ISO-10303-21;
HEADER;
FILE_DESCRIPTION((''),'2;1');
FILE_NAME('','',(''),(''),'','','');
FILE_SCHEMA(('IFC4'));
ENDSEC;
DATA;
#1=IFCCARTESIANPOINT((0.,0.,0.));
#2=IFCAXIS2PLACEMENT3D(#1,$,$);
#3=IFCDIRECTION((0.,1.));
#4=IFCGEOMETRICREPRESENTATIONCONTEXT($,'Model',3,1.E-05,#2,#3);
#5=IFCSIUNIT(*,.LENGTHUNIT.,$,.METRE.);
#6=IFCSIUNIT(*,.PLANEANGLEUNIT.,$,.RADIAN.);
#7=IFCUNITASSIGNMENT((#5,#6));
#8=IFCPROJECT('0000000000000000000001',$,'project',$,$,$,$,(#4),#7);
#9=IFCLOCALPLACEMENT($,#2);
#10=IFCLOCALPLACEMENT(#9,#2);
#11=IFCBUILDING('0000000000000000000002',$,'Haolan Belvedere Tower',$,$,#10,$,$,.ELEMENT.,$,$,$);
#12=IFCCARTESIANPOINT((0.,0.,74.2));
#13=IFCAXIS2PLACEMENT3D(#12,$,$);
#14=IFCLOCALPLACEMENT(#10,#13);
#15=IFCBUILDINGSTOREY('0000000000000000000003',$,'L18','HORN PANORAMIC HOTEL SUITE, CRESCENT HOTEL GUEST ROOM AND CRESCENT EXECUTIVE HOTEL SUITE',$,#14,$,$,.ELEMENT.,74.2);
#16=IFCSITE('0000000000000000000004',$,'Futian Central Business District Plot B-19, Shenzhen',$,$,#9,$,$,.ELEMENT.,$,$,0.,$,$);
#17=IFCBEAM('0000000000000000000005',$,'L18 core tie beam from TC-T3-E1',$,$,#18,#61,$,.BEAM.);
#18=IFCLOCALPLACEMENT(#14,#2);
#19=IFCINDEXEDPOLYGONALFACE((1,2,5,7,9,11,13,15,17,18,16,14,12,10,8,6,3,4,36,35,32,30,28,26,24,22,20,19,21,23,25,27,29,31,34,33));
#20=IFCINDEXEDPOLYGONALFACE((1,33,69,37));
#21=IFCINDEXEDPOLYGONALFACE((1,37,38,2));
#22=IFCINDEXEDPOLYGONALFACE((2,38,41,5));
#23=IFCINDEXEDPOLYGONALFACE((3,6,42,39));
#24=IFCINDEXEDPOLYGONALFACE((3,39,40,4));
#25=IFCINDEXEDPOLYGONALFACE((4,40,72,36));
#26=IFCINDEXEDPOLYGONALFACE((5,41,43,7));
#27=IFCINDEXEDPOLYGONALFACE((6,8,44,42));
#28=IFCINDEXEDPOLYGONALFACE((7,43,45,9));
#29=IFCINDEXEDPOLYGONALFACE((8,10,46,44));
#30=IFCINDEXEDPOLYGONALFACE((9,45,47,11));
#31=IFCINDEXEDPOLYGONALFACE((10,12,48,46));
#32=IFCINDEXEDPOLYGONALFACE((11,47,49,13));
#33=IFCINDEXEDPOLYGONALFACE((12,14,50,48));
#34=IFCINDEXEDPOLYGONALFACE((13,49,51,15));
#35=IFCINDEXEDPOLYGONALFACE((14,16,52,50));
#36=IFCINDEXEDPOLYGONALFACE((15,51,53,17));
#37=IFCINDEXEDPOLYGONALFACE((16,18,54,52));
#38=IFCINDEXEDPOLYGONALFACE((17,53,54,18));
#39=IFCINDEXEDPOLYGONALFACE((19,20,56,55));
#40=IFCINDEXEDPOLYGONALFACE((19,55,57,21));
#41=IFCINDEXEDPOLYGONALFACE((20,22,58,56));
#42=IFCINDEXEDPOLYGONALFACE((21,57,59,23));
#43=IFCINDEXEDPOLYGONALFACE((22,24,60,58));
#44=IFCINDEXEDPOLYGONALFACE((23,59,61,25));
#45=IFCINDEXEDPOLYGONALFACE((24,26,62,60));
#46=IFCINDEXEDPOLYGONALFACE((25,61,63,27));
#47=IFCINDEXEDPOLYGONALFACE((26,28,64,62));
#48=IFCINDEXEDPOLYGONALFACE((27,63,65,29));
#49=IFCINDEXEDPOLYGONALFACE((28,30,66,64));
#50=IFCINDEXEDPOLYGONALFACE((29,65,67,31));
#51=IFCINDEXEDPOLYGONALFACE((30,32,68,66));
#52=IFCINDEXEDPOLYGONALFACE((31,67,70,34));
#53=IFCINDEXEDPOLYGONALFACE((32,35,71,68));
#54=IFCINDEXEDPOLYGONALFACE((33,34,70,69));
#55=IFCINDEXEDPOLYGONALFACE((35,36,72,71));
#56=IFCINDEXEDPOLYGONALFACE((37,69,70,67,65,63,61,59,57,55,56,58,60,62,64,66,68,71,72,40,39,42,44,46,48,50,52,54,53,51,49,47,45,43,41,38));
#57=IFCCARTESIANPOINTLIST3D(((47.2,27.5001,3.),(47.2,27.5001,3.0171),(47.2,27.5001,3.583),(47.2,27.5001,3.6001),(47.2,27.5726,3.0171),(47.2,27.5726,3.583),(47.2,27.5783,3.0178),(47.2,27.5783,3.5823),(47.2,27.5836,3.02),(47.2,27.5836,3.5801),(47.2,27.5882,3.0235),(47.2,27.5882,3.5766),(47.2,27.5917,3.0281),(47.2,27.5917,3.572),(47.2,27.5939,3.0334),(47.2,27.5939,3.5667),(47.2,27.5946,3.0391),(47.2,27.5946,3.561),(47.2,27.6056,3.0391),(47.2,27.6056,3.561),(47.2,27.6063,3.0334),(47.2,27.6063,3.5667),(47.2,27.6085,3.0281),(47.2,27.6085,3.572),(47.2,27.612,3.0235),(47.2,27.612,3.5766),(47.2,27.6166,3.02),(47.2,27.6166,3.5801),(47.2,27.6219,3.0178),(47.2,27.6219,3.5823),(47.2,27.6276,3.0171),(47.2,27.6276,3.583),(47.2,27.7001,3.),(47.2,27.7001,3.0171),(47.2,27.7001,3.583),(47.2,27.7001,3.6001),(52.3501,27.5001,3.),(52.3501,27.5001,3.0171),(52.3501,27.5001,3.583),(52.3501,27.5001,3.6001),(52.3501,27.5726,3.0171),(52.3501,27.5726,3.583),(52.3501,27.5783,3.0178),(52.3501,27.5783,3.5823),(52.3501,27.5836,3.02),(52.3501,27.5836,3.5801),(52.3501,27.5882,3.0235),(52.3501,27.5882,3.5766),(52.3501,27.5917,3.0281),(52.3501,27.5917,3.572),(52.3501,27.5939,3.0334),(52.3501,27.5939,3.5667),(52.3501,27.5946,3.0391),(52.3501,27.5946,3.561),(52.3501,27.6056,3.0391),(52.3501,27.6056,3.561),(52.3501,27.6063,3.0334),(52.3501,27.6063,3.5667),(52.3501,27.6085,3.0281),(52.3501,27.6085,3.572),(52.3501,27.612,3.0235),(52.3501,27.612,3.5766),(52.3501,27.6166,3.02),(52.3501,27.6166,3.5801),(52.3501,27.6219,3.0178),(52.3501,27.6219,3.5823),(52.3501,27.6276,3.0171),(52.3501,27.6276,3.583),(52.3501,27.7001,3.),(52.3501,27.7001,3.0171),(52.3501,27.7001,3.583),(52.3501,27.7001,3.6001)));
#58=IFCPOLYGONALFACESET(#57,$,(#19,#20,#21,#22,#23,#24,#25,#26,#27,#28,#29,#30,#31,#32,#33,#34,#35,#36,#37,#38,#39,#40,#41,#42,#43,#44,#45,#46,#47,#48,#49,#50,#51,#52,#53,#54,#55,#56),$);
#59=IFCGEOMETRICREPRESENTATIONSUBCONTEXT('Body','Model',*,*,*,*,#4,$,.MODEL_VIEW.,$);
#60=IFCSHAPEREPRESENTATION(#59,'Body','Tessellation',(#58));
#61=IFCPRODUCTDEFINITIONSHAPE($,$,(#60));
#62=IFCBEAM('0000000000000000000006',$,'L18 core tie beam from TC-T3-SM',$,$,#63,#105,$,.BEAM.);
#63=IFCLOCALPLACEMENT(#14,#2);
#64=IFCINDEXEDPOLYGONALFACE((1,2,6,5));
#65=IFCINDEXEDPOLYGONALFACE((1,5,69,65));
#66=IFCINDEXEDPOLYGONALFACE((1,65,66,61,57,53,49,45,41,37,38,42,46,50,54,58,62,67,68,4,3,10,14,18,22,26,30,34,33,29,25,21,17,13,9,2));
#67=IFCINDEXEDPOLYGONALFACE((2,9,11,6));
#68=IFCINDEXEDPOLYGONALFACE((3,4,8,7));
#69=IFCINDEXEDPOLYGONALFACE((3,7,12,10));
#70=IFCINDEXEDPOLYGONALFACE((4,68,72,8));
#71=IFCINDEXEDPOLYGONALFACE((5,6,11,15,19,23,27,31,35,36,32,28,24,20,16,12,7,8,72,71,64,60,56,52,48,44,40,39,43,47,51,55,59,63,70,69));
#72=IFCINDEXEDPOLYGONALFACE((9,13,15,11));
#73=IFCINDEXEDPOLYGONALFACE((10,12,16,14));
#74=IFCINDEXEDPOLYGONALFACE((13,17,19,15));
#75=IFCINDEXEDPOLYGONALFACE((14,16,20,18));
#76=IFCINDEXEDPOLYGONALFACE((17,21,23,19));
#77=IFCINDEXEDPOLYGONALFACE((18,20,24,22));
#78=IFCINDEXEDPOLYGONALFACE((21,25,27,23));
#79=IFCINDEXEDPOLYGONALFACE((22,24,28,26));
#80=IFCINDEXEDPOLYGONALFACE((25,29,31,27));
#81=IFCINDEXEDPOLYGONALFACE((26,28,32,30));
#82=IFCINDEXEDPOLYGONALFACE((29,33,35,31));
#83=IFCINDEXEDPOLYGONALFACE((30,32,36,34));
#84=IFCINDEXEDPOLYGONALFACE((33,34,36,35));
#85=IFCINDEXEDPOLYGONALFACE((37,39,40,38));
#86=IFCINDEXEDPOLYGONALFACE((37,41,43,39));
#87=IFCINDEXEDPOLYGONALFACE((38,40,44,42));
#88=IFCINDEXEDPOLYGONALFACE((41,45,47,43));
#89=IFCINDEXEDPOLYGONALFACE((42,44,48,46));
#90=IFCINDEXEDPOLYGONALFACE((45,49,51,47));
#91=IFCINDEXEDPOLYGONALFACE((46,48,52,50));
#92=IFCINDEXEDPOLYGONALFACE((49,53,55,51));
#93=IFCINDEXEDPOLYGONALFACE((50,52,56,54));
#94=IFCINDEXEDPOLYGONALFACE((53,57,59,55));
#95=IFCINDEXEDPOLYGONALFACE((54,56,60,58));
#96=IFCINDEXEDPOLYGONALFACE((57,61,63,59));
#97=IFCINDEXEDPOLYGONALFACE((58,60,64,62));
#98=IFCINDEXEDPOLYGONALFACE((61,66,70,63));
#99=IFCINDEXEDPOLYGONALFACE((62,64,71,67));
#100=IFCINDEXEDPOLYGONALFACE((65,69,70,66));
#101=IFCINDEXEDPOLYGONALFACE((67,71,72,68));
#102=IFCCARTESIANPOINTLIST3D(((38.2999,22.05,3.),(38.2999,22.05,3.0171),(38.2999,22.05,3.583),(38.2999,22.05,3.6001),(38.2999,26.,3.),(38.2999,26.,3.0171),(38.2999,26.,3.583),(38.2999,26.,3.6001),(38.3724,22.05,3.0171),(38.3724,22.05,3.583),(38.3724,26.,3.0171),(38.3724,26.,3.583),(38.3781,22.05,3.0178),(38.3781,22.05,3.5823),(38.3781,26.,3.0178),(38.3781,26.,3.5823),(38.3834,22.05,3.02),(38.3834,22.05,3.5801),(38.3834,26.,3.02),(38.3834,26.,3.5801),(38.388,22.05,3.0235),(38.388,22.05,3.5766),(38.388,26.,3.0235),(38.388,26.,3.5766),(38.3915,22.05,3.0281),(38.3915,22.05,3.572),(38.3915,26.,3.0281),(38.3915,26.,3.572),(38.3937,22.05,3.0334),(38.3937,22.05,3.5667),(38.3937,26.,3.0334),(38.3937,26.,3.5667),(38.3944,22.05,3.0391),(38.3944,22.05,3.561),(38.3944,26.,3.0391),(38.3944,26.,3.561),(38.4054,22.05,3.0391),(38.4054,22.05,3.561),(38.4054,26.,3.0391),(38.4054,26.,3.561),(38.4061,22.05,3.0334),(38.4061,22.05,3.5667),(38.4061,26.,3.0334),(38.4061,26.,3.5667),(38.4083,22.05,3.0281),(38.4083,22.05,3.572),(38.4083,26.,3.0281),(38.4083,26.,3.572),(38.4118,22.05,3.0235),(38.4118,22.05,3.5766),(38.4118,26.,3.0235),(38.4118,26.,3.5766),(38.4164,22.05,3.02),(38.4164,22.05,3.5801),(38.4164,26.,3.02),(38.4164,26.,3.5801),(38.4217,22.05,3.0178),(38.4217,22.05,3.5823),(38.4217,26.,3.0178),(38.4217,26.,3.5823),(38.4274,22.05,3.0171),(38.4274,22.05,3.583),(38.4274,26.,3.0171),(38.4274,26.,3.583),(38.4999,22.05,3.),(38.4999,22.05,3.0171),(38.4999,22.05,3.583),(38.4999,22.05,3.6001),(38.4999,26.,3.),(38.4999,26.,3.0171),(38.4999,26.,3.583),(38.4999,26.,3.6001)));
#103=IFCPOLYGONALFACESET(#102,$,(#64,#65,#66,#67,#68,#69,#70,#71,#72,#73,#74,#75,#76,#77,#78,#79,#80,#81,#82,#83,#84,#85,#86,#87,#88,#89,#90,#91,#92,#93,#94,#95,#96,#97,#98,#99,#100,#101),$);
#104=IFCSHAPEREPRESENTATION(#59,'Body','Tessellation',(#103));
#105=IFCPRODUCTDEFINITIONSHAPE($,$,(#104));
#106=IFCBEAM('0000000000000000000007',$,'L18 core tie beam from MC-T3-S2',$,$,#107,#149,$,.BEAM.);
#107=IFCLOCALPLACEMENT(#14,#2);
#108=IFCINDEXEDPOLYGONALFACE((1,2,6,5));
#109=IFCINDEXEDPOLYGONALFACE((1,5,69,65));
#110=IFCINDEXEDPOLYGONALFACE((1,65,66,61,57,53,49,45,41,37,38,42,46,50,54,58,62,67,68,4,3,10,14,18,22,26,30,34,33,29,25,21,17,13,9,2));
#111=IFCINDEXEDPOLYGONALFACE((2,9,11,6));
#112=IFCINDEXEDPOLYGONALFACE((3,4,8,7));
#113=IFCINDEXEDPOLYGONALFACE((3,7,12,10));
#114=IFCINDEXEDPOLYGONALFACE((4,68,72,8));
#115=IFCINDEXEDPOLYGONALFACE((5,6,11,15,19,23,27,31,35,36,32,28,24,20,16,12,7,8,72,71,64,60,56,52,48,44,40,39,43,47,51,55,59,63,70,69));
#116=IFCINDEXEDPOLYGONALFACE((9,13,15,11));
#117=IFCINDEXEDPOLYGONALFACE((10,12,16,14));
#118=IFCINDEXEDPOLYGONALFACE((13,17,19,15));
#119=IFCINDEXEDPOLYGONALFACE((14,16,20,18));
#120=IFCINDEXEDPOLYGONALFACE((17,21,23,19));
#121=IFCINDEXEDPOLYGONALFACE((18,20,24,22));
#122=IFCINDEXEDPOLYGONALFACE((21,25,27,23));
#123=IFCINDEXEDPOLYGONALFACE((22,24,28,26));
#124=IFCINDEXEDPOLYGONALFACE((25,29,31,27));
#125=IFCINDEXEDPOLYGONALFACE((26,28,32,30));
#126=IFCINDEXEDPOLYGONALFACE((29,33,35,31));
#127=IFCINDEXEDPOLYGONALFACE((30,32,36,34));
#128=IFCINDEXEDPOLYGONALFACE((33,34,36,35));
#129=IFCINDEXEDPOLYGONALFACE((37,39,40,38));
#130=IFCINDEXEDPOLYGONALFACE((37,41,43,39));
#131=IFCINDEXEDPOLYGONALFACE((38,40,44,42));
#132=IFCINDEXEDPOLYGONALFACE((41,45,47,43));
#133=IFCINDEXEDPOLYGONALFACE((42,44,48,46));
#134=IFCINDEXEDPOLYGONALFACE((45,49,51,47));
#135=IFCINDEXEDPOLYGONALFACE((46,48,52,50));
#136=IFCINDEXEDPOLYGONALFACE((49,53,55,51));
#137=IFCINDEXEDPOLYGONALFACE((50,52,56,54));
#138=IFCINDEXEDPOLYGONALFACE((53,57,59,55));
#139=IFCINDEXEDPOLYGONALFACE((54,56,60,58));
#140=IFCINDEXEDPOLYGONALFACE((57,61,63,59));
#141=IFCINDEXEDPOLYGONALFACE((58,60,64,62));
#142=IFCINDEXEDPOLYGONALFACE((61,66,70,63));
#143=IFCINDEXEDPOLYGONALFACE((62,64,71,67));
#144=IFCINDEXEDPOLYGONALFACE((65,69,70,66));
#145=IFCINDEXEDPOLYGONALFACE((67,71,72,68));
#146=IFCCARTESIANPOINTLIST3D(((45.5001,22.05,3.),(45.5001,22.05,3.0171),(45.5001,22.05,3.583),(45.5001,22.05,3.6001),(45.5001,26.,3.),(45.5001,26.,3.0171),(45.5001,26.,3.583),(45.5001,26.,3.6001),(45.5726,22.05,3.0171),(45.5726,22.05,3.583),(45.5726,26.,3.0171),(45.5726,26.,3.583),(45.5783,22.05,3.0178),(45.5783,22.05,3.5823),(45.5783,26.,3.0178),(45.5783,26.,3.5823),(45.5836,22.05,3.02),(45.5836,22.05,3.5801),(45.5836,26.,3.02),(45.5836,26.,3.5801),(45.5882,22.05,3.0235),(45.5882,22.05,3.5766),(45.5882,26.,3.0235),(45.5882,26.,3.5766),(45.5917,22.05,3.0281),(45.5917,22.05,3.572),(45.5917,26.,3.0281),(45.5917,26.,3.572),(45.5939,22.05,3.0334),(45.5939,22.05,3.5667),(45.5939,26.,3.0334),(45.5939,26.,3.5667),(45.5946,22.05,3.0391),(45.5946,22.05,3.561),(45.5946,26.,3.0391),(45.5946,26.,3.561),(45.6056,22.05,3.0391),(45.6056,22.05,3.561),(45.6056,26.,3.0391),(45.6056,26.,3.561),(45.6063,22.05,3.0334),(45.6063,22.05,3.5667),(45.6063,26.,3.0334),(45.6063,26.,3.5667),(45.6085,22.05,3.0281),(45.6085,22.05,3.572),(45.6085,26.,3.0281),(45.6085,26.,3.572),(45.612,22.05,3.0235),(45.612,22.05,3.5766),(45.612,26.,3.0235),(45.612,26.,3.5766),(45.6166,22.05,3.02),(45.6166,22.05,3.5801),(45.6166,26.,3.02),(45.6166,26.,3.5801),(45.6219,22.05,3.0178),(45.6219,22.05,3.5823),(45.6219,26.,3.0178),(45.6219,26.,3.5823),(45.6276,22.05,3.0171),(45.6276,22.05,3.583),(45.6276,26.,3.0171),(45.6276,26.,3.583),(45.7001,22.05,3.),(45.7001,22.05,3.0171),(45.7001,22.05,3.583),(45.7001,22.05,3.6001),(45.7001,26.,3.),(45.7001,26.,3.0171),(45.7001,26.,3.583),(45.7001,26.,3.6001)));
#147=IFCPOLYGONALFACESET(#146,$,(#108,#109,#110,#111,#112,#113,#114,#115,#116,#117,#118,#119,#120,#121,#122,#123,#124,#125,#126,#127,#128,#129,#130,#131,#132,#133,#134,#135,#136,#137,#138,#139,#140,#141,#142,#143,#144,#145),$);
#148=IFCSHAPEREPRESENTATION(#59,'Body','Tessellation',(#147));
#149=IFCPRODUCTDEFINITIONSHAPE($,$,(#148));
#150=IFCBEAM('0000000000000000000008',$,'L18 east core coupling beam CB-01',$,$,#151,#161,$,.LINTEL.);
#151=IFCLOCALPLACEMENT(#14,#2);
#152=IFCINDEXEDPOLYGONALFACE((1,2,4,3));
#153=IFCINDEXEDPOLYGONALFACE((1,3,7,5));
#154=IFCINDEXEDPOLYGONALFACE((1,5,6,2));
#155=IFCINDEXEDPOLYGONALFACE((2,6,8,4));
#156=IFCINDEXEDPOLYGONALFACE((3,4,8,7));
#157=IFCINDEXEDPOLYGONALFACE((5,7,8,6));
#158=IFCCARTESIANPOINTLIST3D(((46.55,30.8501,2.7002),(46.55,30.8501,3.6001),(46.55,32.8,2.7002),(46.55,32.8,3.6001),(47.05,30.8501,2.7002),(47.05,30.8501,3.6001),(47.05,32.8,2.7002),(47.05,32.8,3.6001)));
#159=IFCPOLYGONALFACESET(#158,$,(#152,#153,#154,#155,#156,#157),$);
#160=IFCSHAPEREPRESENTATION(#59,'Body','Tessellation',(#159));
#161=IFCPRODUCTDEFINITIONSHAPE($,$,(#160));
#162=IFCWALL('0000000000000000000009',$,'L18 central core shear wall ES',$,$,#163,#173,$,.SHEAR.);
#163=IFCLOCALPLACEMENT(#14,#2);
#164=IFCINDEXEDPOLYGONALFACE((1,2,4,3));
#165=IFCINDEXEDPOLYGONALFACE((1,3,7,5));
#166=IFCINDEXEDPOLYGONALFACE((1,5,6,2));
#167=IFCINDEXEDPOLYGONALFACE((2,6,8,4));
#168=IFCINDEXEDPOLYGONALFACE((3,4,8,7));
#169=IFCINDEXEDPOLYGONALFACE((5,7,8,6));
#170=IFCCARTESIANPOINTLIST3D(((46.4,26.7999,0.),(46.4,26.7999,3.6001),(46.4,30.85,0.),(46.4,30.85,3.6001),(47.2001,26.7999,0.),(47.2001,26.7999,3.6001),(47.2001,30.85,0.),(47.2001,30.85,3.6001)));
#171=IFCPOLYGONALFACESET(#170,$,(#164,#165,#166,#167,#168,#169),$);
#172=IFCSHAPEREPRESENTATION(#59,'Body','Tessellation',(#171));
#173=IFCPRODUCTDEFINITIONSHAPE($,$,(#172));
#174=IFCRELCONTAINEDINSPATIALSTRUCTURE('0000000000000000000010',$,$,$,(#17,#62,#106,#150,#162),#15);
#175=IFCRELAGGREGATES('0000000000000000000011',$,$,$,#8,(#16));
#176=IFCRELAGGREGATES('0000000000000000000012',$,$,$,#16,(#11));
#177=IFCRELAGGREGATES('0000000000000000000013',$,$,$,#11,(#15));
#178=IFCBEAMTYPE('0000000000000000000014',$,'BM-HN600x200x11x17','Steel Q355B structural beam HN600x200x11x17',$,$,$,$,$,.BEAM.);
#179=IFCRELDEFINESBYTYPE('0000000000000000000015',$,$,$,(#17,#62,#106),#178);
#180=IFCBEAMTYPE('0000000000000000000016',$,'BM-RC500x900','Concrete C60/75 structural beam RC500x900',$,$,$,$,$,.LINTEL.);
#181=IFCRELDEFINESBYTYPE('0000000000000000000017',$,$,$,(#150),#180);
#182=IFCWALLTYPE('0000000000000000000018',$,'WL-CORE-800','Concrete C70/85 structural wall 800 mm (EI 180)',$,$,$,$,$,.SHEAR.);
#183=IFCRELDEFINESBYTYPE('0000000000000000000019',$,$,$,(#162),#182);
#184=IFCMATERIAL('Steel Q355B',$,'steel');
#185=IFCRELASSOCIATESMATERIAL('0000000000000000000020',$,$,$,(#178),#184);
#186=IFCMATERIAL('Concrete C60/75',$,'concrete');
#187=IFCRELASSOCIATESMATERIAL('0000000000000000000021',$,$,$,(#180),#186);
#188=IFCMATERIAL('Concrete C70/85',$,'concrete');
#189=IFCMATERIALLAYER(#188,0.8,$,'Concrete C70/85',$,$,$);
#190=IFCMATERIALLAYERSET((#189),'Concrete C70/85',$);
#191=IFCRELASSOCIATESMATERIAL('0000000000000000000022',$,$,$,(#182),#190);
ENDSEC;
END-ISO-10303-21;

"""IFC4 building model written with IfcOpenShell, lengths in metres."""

from ifc_helpers import new_model, si_unit, direction, frame, frame_2d, origin, origin_2d, place, context, subcontext, project, spatial, rectangle, i_section, extrude, material, layer, layer_set, material_profile, profile_set, type_object, element, save


model = new_model("IFC4")

# Units and contexts
model_context = context("Model", 3, precision=1e-05, world=origin(), true_north=direction((0.0, 1.0)))
body_context = subcontext(model_context, "Body", "Model", "MODEL_VIEW")
ifc_project = project(units=[si_unit("LENGTHUNIT", "METRE"), si_unit("PLANEANGLEUNIT", "RADIAN")], contexts=[model_context])

# Site, building, storey
site_placement = place(None, origin())
site = spatial("IfcSite", under=ifc_project, at=site_placement, Name="Futian Central Business District Plot B-19, Shenzhen", CompositionType="ELEMENT", RefElevation=0.0)
building_placement = place(site_placement, origin())
building = spatial("IfcBuilding", under=site, at=building_placement, Name="Haolan Belvedere Tower", CompositionType="ELEMENT")
storey_placement = place(building_placement, frame((0.0, 0.0, 74.2)))
storey = spatial("IfcBuildingStorey", under=building, at=storey_placement, Name="L18", Description="HORN PANORAMIC HOTEL SUITE, CRESCENT HOTEL GUEST ROOM AND CRESCENT EXECUTIVE HOTEL SUITE", CompositionType="ELEMENT", Elevation=74.2)

# Shared definitions
ifc_material_1 = material(Name="Steel Q355B", Category="steel")

# Beams
ifc_material_profile_1 = material_profile(ifc_material_1, i_section(OverallWidth=0.2, OverallDepth=0.6001, WebThickness=0.011, FlangeThickness=0.0171, FilletRadius=0.022, at=origin_2d()), Name="Steel Q355B")
ifc_profile_set_1 = profile_set([ifc_material_profile_1], Name="Steel Q355B")
beam_type_1 = type_object("IfcBeamType", Name="BM-HN600x200x11x17", Description="Steel Q355B structural beam HN600x200x11x17", PredefinedType="BEAM", material=ifc_profile_set_1)
beam_1_placement = place(storey_placement, frame((52.3501, 27.6001, 3.3), z_axis=(-1.0, 0.0, 0.0), x_axis=(0.0, -1.0, 0.0)))
element("IfcBeam", 1, at=beam_1_placement, inside=storey, type_object=beam_type_1, Name="L18 core tie beam from TC-T3-E1", PredefinedType="BEAM", context=body_context, shape_type="SweptSolid", body=[
    extrude(i_section(OverallWidth=0.2, OverallDepth=0.6001, WebThickness=0.011, FlangeThickness=0.0171, FilletRadius=0.022, at=origin_2d()), origin(), (0.0, 0.0, 1.0), 5.1501),
])
for number, where, z_axis, x_axis, name in (
    (2, (38.3999, 22.05, 3.3), (0.0, 1.0, 0.0), (-1.0, 0.0, 0.0), "L18 core tie beam from TC-T3-SM"),
    (3, (45.6001, 22.05, 3.3), (0.0, 1.0, 0.0), (-1.0, 0.0, 0.0), "L18 core tie beam from MC-T3-S2"),
):
    element("IfcBeam", number, at=place(storey_placement, frame(where, z_axis=z_axis, x_axis=x_axis)), inside=storey, type_object=beam_type_1, Name=name, PredefinedType="BEAM", context=body_context, shape_type="SweptSolid", body=[
        extrude(i_section(OverallWidth=0.2, OverallDepth=0.6001, WebThickness=0.011, FlangeThickness=0.0171, FilletRadius=0.022, at=origin_2d()), origin(), (0.0, 0.0, 1.0), 3.95),
    ])
ifc_material_2 = material(Name="Concrete C60/75", Category="concrete")
ifc_material_profile_2 = material_profile(ifc_material_2, rectangle(XDim=0.5, YDim=0.8999, at=origin_2d()), Name="Concrete C60/75")
ifc_profile_set_2 = profile_set([ifc_material_profile_2], Name="Concrete C60/75")
beam_type_2 = type_object("IfcBeamType", Name="BM-RC500x900", Description="Concrete C60/75 structural beam RC500x900", PredefinedType="LINTEL", material=ifc_profile_set_2)
beam_2_placement = place(storey_placement, frame((46.8, 30.8501, 3.1501), z_axis=(0.0, 1.0, 0.0), x_axis=(-1.0, 0.0, 0.0)))
element("IfcBeam", 4, at=beam_2_placement, inside=storey, type_object=beam_type_2, Name="L18 east core coupling beam CB-01", PredefinedType="LINTEL", context=body_context, shape_type="SweptSolid", body=[
    extrude(rectangle(XDim=0.5, YDim=0.8999, at=origin_2d()), origin(), (0.0, 0.0, 1.0), 1.95),
])

# Wall
ifc_material_3 = material(Name="Concrete C70/85", Category="concrete")
ifc_layer_1 = layer(ifc_material_3, 0.8, Name="Concrete C70/85")
ifc_layer_set_1 = layer_set([ifc_layer_1], Name="Concrete C70/85")
wall_type_1 = type_object("IfcWallType", Name="WL-CORE-800", Description="Concrete C70/85 structural wall 800 mm (EI 180)", PredefinedType="SHEAR", material=ifc_layer_set_1)
wall_1_placement = place(storey_placement, frame((46.8, 26.8, 0.0), z_axis=(0.0, 0.0, 1.0), x_axis=(0.0, 1.0, 0.0)))
element("IfcWall", 5, at=wall_1_placement, inside=storey, type_object=wall_type_1, Name="L18 central core shear wall ES", PredefinedType="SHEAR", context=body_context, shape_type="SweptSolid", body=[
    extrude(rectangle(XDim=4.05, YDim=0.8, at=frame_2d((2.0249, 0.0))), origin(), (0.0, 0.0, 1.0), 3.6001),
])

save(model, "model.ifc")
